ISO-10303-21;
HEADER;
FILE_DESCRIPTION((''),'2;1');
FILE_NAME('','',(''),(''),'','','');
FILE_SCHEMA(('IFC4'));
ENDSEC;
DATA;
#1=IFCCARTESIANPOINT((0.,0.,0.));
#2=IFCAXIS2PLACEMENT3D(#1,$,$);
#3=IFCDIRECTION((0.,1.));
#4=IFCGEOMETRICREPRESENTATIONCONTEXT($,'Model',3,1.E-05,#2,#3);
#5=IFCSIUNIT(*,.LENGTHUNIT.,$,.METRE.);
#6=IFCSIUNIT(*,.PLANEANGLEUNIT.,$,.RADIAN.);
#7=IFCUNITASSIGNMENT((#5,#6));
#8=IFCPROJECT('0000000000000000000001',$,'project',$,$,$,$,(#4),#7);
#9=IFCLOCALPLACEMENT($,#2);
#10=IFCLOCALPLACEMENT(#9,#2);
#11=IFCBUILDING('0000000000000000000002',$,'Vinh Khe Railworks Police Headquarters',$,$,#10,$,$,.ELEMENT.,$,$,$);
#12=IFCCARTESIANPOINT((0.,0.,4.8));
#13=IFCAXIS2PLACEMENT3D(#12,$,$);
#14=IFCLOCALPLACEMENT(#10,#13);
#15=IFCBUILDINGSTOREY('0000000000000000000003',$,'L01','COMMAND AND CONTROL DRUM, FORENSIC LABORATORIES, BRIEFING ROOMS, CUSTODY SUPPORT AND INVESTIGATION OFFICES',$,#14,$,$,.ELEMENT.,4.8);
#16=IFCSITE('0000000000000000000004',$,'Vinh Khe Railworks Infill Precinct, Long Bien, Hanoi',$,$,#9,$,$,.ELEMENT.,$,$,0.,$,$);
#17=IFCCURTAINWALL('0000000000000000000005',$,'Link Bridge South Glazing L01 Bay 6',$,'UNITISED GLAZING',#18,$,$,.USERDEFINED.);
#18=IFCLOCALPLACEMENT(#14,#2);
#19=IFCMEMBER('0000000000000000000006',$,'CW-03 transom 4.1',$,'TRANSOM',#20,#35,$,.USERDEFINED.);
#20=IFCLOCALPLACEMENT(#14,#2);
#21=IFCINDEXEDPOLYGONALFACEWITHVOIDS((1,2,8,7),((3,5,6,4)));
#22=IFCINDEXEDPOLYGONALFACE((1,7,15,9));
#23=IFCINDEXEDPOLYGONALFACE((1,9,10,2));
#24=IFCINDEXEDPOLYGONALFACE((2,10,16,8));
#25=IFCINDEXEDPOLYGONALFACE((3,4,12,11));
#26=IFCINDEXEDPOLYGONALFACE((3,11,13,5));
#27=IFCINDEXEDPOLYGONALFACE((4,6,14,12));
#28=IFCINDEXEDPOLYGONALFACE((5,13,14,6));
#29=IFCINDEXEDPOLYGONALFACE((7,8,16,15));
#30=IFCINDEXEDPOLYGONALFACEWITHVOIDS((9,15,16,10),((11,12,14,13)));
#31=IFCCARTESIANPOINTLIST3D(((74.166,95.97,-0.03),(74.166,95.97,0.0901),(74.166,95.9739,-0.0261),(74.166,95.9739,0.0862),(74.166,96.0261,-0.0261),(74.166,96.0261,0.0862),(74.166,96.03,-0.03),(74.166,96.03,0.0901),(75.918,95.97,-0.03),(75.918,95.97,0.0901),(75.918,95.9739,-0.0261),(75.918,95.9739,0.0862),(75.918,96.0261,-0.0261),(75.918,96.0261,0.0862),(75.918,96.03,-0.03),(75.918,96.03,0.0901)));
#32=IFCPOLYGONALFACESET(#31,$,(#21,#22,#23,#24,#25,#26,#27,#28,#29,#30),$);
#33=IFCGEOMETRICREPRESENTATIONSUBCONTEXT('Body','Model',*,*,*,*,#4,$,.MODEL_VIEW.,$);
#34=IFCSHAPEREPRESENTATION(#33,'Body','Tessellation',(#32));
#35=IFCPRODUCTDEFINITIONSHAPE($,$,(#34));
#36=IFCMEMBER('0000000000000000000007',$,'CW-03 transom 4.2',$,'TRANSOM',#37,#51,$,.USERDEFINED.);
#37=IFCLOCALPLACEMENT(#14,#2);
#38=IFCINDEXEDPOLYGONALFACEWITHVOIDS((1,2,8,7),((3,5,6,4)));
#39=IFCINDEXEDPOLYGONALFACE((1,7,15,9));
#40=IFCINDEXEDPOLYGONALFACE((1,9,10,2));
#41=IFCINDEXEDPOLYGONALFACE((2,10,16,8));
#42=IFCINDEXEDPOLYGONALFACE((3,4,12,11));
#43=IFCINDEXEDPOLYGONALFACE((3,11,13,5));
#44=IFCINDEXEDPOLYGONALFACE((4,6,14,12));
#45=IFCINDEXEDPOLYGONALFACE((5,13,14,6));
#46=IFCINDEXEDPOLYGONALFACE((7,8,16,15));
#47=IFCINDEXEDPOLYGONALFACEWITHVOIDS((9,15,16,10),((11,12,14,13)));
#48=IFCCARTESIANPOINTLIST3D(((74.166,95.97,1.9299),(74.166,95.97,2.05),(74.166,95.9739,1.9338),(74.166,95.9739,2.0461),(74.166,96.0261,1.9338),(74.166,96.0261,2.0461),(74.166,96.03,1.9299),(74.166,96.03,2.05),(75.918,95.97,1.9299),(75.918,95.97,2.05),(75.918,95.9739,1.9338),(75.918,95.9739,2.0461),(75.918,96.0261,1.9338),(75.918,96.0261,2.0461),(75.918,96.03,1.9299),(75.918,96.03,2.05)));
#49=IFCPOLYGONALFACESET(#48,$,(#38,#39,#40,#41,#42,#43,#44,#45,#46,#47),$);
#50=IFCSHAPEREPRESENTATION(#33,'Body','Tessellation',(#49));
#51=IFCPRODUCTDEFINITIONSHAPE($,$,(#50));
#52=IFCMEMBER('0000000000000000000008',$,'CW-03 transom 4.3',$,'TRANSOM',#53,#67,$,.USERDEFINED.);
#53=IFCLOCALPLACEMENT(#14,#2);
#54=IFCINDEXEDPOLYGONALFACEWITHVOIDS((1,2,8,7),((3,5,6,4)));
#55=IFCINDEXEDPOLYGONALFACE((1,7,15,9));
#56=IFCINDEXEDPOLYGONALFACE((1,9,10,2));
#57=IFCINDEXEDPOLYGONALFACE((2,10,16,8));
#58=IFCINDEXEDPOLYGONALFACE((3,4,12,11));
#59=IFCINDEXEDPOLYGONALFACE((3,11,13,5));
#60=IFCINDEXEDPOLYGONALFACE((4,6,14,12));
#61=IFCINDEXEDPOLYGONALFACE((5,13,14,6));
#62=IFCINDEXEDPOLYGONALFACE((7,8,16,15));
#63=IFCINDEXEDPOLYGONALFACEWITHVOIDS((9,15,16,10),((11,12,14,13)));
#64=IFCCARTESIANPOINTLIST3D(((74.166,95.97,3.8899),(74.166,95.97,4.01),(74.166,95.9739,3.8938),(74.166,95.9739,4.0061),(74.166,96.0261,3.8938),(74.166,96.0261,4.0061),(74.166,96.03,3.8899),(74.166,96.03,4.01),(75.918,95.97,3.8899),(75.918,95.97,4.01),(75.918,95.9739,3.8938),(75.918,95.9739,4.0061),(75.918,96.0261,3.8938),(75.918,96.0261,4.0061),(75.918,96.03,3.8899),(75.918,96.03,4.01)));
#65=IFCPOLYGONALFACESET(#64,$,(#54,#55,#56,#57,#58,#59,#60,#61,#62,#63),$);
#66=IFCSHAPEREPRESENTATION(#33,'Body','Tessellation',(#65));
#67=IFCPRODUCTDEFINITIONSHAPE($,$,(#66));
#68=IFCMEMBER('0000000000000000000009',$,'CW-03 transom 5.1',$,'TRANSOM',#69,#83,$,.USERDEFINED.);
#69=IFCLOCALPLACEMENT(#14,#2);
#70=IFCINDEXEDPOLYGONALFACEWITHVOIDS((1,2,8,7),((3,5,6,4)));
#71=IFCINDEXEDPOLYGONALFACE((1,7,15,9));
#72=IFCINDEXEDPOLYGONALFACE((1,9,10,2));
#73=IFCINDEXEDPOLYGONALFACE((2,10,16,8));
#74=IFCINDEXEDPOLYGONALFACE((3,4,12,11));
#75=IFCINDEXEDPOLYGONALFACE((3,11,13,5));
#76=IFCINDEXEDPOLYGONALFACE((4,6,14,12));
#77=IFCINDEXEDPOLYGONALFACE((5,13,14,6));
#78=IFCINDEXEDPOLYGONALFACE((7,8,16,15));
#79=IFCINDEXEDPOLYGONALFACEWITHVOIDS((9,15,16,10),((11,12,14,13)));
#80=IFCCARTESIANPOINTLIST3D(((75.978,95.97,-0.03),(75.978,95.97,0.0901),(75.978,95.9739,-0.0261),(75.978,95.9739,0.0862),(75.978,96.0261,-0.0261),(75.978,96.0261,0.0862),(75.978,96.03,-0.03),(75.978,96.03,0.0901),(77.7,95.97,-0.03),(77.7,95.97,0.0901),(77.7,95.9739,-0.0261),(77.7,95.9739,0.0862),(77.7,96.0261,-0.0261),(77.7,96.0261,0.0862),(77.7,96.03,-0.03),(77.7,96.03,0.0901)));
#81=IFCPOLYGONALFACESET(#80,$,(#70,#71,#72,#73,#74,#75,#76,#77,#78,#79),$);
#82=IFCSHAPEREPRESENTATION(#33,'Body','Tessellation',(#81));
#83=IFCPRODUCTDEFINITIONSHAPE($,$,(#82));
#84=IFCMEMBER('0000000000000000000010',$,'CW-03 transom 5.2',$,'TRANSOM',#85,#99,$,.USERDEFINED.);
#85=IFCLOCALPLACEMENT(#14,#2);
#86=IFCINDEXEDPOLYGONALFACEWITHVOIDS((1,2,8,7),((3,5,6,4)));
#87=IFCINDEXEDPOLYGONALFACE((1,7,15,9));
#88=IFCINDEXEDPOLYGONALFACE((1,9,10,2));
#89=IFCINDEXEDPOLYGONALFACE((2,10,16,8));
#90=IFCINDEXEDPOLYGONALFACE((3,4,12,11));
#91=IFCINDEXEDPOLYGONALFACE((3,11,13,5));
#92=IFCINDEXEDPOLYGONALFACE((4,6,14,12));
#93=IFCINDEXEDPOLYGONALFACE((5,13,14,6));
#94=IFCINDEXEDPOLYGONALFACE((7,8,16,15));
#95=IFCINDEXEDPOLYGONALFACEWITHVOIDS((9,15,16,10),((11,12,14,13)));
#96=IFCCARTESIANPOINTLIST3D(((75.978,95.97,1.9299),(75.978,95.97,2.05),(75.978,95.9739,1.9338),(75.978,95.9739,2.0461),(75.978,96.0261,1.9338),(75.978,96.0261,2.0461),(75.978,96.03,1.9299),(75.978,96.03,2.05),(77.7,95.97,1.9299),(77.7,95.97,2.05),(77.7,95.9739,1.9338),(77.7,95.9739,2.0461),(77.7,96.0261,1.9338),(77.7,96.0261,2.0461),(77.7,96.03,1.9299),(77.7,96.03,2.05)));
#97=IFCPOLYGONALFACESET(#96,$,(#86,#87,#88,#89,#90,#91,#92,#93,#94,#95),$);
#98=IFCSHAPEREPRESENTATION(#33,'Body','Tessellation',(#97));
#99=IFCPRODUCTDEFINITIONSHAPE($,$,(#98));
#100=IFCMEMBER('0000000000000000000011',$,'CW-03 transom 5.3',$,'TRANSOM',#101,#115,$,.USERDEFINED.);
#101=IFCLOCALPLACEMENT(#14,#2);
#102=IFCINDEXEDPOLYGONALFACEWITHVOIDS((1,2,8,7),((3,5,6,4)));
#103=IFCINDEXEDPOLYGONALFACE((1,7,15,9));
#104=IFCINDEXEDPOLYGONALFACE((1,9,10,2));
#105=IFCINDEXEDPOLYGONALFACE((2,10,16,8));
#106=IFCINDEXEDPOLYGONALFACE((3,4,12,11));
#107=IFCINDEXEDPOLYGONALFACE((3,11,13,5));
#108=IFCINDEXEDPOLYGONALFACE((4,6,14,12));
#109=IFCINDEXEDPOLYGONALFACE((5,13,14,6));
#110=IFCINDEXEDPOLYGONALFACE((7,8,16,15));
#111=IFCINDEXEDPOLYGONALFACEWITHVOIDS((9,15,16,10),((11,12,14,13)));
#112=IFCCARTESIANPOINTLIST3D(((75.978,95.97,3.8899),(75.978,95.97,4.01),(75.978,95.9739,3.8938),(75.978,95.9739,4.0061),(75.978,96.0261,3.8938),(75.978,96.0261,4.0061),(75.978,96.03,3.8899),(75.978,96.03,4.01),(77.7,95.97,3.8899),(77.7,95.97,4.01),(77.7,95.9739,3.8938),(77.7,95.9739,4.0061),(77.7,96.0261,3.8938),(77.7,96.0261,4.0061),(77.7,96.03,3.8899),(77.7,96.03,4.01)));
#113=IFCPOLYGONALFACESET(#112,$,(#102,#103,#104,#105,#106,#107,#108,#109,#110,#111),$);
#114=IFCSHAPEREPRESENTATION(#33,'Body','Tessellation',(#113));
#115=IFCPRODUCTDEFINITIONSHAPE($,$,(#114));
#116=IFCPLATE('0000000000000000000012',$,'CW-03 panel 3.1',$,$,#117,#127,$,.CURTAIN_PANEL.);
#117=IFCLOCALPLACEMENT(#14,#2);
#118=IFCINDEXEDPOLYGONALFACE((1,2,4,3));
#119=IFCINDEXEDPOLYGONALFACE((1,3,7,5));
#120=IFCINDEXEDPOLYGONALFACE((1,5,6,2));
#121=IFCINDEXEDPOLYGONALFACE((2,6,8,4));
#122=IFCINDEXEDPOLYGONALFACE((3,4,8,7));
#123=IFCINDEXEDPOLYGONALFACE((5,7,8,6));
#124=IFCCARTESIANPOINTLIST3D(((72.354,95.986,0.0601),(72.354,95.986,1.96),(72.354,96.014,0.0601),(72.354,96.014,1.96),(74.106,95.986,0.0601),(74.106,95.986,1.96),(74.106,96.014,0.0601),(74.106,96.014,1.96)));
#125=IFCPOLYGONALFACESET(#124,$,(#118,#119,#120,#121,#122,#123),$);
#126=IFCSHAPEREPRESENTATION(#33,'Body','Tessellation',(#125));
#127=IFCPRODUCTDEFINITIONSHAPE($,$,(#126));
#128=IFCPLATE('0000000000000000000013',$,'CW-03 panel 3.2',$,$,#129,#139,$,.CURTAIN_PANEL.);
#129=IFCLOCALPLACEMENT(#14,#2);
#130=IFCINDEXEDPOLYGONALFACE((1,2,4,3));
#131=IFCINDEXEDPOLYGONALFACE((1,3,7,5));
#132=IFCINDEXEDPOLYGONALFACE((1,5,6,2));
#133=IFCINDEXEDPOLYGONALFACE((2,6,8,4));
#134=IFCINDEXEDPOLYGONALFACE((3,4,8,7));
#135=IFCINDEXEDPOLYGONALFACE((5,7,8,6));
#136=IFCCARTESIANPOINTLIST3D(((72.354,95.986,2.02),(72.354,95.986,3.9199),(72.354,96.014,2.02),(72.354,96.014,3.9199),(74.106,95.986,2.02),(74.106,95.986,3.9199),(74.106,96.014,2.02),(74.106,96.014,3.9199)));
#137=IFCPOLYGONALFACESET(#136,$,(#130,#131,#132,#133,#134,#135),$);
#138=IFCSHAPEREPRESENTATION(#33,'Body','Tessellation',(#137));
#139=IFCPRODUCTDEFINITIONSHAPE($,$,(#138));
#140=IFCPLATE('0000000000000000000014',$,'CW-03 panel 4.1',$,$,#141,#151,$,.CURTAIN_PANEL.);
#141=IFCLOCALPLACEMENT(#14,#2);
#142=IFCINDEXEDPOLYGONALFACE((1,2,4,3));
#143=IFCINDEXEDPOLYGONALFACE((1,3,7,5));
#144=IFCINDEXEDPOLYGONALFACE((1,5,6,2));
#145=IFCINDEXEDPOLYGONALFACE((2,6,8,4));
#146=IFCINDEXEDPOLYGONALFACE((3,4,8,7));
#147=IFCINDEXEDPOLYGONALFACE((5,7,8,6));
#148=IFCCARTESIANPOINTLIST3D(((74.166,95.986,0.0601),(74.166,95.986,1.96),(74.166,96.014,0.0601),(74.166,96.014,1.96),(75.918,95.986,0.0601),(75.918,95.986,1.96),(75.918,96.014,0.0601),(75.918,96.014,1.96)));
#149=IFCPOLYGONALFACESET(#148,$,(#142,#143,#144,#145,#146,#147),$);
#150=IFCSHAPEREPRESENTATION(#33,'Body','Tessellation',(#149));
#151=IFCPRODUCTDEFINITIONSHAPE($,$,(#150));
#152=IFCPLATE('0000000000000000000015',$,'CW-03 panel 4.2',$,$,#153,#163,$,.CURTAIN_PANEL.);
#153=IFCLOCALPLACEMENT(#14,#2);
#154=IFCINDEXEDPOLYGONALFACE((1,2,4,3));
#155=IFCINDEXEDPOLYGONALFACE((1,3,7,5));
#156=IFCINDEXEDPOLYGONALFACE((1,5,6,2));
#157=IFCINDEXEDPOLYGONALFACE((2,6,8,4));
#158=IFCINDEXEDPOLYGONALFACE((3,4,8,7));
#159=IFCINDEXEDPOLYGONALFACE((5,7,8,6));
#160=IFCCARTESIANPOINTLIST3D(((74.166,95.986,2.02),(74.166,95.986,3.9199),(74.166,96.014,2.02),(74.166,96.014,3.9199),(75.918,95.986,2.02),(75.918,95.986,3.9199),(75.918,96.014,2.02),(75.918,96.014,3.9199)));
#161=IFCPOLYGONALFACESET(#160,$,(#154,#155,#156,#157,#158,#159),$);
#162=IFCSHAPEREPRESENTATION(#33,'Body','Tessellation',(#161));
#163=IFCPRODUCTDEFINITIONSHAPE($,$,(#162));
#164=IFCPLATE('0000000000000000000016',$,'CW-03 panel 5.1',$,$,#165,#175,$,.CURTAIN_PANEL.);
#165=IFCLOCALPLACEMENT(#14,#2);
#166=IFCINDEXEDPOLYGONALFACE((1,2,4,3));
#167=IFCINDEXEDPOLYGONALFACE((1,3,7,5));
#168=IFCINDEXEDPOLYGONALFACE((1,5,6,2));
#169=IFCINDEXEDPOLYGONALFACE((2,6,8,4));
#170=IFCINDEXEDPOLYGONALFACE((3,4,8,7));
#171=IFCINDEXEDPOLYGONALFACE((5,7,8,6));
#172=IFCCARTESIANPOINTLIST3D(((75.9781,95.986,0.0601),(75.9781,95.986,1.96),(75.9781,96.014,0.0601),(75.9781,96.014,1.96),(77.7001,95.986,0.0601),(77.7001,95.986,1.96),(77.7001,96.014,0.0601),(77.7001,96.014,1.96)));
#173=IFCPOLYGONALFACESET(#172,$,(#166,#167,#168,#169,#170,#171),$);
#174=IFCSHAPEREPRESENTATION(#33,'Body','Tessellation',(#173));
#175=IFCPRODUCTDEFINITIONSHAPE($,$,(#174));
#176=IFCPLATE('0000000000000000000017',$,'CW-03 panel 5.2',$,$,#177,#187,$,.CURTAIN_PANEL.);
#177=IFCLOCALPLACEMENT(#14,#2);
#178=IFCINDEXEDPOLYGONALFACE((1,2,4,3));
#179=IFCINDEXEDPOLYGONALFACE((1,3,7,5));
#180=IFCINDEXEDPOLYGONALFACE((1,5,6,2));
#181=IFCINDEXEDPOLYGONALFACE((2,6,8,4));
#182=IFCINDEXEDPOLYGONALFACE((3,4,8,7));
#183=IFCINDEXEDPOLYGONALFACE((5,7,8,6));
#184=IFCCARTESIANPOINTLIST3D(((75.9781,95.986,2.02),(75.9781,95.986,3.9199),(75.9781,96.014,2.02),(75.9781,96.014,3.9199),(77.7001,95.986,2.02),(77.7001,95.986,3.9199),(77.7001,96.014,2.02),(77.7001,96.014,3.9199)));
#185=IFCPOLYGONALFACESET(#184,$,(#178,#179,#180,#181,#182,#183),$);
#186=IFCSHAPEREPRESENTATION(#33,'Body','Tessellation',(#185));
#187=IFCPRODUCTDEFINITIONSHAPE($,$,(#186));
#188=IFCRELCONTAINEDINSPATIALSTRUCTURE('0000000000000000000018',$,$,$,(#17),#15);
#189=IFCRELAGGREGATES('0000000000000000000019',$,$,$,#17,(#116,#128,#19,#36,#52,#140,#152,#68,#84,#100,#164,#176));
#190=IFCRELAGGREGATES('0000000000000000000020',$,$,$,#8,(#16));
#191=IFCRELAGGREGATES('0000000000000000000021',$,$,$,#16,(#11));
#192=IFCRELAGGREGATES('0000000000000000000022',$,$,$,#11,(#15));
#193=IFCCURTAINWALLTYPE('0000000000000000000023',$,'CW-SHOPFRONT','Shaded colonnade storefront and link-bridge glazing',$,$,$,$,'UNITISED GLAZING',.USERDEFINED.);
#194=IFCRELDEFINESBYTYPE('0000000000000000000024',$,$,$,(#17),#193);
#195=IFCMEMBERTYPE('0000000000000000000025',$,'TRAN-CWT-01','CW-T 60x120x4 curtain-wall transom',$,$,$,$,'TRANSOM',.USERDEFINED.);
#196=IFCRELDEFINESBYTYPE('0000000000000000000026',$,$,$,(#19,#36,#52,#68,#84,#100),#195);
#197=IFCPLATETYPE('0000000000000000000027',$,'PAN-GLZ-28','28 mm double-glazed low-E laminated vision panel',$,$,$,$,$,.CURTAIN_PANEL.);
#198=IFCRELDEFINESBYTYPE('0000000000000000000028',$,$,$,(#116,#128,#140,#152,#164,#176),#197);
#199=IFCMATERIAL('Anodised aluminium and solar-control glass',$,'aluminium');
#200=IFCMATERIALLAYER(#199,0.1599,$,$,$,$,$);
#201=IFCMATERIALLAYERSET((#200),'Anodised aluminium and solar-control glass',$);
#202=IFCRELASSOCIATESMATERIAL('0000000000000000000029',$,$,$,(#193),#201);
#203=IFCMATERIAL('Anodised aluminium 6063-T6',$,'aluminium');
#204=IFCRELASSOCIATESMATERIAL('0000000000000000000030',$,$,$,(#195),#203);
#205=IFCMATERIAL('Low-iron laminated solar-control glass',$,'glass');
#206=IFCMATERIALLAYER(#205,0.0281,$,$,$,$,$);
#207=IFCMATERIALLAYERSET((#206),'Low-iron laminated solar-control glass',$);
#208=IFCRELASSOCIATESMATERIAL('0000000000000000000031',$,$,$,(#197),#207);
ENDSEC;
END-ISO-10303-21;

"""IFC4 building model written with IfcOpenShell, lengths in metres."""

from ifc_helpers import new_model, si_unit, direction, frame, origin, origin_2d, place, context, subcontext, project, spatial, rectangle, hollow_rectangle, extrude, material, layer, layer_set, material_profile, profile_set, type_object, element, aggregate, save


model = new_model("IFC4")

# Units and contexts
model_context = context("Model", 3, precision=1e-05, world=origin(), true_north=direction((0.0, 1.0)))
body_context = subcontext(model_context, "Body", "Model", "MODEL_VIEW")
ifc_project = project(units=[si_unit("LENGTHUNIT", "METRE"), si_unit("PLANEANGLEUNIT", "RADIAN")], contexts=[model_context])

# Site, building, storey
site_placement = place(None, origin())
site = spatial("IfcSite", under=ifc_project, at=site_placement, Name="Vinh Khe Railworks Infill Precinct, Long Bien, Hanoi", CompositionType="ELEMENT", RefElevation=0.0)
building_placement = place(site_placement, origin())
building = spatial("IfcBuilding", under=site, at=building_placement, Name="Vinh Khe Railworks Police Headquarters", CompositionType="ELEMENT")
storey_placement = place(building_placement, frame((0.0, 0.0, 4.8)))
storey = spatial("IfcBuildingStorey", under=building, at=storey_placement, Name="L01", Description="COMMAND AND CONTROL DRUM, FORENSIC LABORATORIES, BRIEFING ROOMS, CUSTODY SUPPORT AND INVESTIGATION OFFICES", CompositionType="ELEMENT", Elevation=4.8)

# Curtain wall
ifc_material_1 = material(Name="Anodised aluminium and solar-control glass", Category="aluminium")
ifc_layer_1 = layer(ifc_material_1, 0.1599)
ifc_layer_set_1 = layer_set([ifc_layer_1], Name="Anodised aluminium and solar-control glass")
curtain_wall_type = type_object("IfcCurtainWallType", Name="CW-SHOPFRONT", Description="Shaded colonnade storefront and link-bridge glazing", ElementType="UNITISED GLAZING", PredefinedType="USERDEFINED", material=ifc_layer_set_1)
curtain_wall_placement = place(storey_placement, origin())
curtain_wall = element("IfcCurtainWall", 1, at=curtain_wall_placement, inside=storey, type_object=curtain_wall_type, Name="Link Bridge South Glazing L01 Bay 6", ObjectType="UNITISED GLAZING", PredefinedType="USERDEFINED")
ifc_material_2 = material(Name="Anodised aluminium 6063-T6", Category="aluminium")

# Members
ifc_material_profile_1 = material_profile(ifc_material_2, hollow_rectangle(XDim=0.0601, YDim=0.1201, WallThickness=0.0039, at=origin_2d()), Name="CW-T 60x120x4")
ifc_profile_set_1 = profile_set([ifc_material_profile_1], Name="Anodised aluminium 6063-T6")
member_type_1 = type_object("IfcMemberType", Name="TRAN-CWT-01", Description="CW-T 60x120x4 curtain-wall transom", ElementType="TRANSOM", PredefinedType="USERDEFINED", material=ifc_profile_set_1)
member_1_placement = place(storey_placement, frame((74.166, 96.0, 0.03), z_axis=(1.0, 0.0, 0.0), x_axis=(0.0, 1.0, 0.0)))
member_1 = element("IfcMember", 2, at=member_1_placement, type_object=member_type_1, Name="CW-03 transom 4.1", ObjectType="TRANSOM", PredefinedType="USERDEFINED", context=body_context, shape_type="SweptSolid", body=[
    extrude(hollow_rectangle(XDim=0.0601, YDim=0.1201, WallThickness=0.0039, at=origin_2d()), origin(), (0.0, 0.0, 1.0), 1.752),
])
member_2_placement = place(storey_placement, frame((74.166, 96.0, 1.99), z_axis=(1.0, 0.0, 0.0), x_axis=(0.0, 1.0, 0.0)))
member_2 = element("IfcMember", 3, at=member_2_placement, type_object=member_type_1, Name="CW-03 transom 4.2", ObjectType="TRANSOM", PredefinedType="USERDEFINED", context=body_context, shape_type="SweptSolid", body=[
    extrude(hollow_rectangle(XDim=0.0601, YDim=0.1201, WallThickness=0.0039, at=origin_2d()), origin(), (0.0, 0.0, 1.0), 1.752),
])
member_3_placement = place(storey_placement, frame((74.166, 96.0, 3.95), z_axis=(1.0, 0.0, 0.0), x_axis=(0.0, 1.0, 0.0)))
member_3 = element("IfcMember", 4, at=member_3_placement, type_object=member_type_1, Name="CW-03 transom 4.3", ObjectType="TRANSOM", PredefinedType="USERDEFINED", context=body_context, shape_type="SweptSolid", body=[
    extrude(hollow_rectangle(XDim=0.0601, YDim=0.1201, WallThickness=0.0039, at=origin_2d()), origin(), (0.0, 0.0, 1.0), 1.752),
])
member_4_placement = place(storey_placement, frame((75.978, 96.0, 0.03), z_axis=(1.0, 0.0, 0.0), x_axis=(0.0, 1.0, 0.0)))
member_4 = element("IfcMember", 5, at=member_4_placement, type_object=member_type_1, Name="CW-03 transom 5.1", ObjectType="TRANSOM", PredefinedType="USERDEFINED", context=body_context, shape_type="SweptSolid", body=[
    extrude(hollow_rectangle(XDim=0.0601, YDim=0.1201, WallThickness=0.0039, at=origin_2d()), origin(), (0.0, 0.0, 1.0), 1.7219),
])
member_5_placement = place(storey_placement, frame((75.978, 96.0, 1.99), z_axis=(1.0, 0.0, 0.0), x_axis=(0.0, 1.0, 0.0)))
member_5 = element("IfcMember", 6, at=member_5_placement, type_object=member_type_1, Name="CW-03 transom 5.2", ObjectType="TRANSOM", PredefinedType="USERDEFINED", context=body_context, shape_type="SweptSolid", body=[
    extrude(hollow_rectangle(XDim=0.0601, YDim=0.1201, WallThickness=0.0039, at=origin_2d()), origin(), (0.0, 0.0, 1.0), 1.7219),
])
member_6_placement = place(storey_placement, frame((75.978, 96.0, 3.95), z_axis=(1.0, 0.0, 0.0), x_axis=(0.0, 1.0, 0.0)))
member_6 = element("IfcMember", 7, at=member_6_placement, type_object=member_type_1, Name="CW-03 transom 5.3", ObjectType="TRANSOM", PredefinedType="USERDEFINED", context=body_context, shape_type="SweptSolid", body=[
    extrude(hollow_rectangle(XDim=0.0601, YDim=0.1201, WallThickness=0.0039, at=origin_2d()), origin(), (0.0, 0.0, 1.0), 1.7219),
])

# Plates
ifc_material_3 = material(Name="Low-iron laminated solar-control glass", Category="glass")
ifc_layer_2 = layer(ifc_material_3, 0.0281)
ifc_layer_set_2 = layer_set([ifc_layer_2], Name="Low-iron laminated solar-control glass")
plate_type = type_object("IfcPlateType", Name="PAN-GLZ-28", Description="28 mm double-glazed low-E laminated vision panel", PredefinedType="CURTAIN_PANEL", material=ifc_layer_set_2)
plate_1_placement = place(storey_placement, frame((73.23, 96.0, 0.0601), z_axis=(0.0, 0.0, 1.0), x_axis=(1.0, 0.0, 0.0)))
plate_1 = element("IfcPlate", 8, at=plate_1_placement, type_object=plate_type, Name="CW-03 panel 3.1", PredefinedType="CURTAIN_PANEL", context=body_context, shape_type="SweptSolid", body=[
    extrude(rectangle(XDim=1.752, YDim=0.0281, at=origin_2d()), origin(), (0.0, 0.0, 1.0), 1.8999),
])
plate_2_placement = place(storey_placement, frame((73.23, 96.0, 2.02), z_axis=(0.0, 0.0, 1.0), x_axis=(1.0, 0.0, 0.0)))
plate_2 = element("IfcPlate", 9, at=plate_2_placement, type_object=plate_type, Name="CW-03 panel 3.2", PredefinedType="CURTAIN_PANEL", context=body_context, shape_type="SweptSolid", body=[
    extrude(rectangle(XDim=1.752, YDim=0.0281, at=origin_2d()), origin(), (0.0, 0.0, 1.0), 1.8999),
])
plate_3_placement = place(storey_placement, frame((75.042, 96.0, 0.0601), z_axis=(0.0, 0.0, 1.0), x_axis=(1.0, 0.0, 0.0)))
plate_3 = element("IfcPlate", 10, at=plate_3_placement, type_object=plate_type, Name="CW-03 panel 4.1", PredefinedType="CURTAIN_PANEL", context=body_context, shape_type="SweptSolid", body=[
    extrude(rectangle(XDim=1.752, YDim=0.0281, at=origin_2d()), origin(), (0.0, 0.0, 1.0), 1.8999),
])
plate_4_placement = place(storey_placement, frame((75.042, 96.0, 2.02), z_axis=(0.0, 0.0, 1.0), x_axis=(1.0, 0.0, 0.0)))
plate_4 = element("IfcPlate", 11, at=plate_4_placement, type_object=plate_type, Name="CW-03 panel 4.2", PredefinedType="CURTAIN_PANEL", context=body_context, shape_type="SweptSolid", body=[
    extrude(rectangle(XDim=1.752, YDim=0.0281, at=origin_2d()), origin(), (0.0, 0.0, 1.0), 1.8999),
])
plate_5_placement = place(storey_placement, frame((76.8391, 96.0, 0.0601), z_axis=(0.0, 0.0, 1.0), x_axis=(1.0, 0.0, 0.0)))
plate_5 = element("IfcPlate", 12, at=plate_5_placement, type_object=plate_type, Name="CW-03 panel 5.1", PredefinedType="CURTAIN_PANEL", context=body_context, shape_type="SweptSolid", body=[
    extrude(rectangle(XDim=1.7219, YDim=0.0281, at=origin_2d()), origin(), (0.0, 0.0, 1.0), 1.8999),
])
plate_6_placement = place(storey_placement, frame((76.8391, 96.0, 2.02), z_axis=(0.0, 0.0, 1.0), x_axis=(1.0, 0.0, 0.0)))
plate_6 = element("IfcPlate", 13, at=plate_6_placement, type_object=plate_type, Name="CW-03 panel 5.2", PredefinedType="CURTAIN_PANEL", context=body_context, shape_type="SweptSolid", body=[
    extrude(rectangle(XDim=1.7219, YDim=0.0281, at=origin_2d()), origin(), (0.0, 0.0, 1.0), 1.8999),
])
aggregate(curtain_wall, [plate_1, plate_2, member_1, member_2, member_3, plate_3, plate_4, member_4, member_5, member_6, plate_5, plate_6])

save(model, "model.ifc")
